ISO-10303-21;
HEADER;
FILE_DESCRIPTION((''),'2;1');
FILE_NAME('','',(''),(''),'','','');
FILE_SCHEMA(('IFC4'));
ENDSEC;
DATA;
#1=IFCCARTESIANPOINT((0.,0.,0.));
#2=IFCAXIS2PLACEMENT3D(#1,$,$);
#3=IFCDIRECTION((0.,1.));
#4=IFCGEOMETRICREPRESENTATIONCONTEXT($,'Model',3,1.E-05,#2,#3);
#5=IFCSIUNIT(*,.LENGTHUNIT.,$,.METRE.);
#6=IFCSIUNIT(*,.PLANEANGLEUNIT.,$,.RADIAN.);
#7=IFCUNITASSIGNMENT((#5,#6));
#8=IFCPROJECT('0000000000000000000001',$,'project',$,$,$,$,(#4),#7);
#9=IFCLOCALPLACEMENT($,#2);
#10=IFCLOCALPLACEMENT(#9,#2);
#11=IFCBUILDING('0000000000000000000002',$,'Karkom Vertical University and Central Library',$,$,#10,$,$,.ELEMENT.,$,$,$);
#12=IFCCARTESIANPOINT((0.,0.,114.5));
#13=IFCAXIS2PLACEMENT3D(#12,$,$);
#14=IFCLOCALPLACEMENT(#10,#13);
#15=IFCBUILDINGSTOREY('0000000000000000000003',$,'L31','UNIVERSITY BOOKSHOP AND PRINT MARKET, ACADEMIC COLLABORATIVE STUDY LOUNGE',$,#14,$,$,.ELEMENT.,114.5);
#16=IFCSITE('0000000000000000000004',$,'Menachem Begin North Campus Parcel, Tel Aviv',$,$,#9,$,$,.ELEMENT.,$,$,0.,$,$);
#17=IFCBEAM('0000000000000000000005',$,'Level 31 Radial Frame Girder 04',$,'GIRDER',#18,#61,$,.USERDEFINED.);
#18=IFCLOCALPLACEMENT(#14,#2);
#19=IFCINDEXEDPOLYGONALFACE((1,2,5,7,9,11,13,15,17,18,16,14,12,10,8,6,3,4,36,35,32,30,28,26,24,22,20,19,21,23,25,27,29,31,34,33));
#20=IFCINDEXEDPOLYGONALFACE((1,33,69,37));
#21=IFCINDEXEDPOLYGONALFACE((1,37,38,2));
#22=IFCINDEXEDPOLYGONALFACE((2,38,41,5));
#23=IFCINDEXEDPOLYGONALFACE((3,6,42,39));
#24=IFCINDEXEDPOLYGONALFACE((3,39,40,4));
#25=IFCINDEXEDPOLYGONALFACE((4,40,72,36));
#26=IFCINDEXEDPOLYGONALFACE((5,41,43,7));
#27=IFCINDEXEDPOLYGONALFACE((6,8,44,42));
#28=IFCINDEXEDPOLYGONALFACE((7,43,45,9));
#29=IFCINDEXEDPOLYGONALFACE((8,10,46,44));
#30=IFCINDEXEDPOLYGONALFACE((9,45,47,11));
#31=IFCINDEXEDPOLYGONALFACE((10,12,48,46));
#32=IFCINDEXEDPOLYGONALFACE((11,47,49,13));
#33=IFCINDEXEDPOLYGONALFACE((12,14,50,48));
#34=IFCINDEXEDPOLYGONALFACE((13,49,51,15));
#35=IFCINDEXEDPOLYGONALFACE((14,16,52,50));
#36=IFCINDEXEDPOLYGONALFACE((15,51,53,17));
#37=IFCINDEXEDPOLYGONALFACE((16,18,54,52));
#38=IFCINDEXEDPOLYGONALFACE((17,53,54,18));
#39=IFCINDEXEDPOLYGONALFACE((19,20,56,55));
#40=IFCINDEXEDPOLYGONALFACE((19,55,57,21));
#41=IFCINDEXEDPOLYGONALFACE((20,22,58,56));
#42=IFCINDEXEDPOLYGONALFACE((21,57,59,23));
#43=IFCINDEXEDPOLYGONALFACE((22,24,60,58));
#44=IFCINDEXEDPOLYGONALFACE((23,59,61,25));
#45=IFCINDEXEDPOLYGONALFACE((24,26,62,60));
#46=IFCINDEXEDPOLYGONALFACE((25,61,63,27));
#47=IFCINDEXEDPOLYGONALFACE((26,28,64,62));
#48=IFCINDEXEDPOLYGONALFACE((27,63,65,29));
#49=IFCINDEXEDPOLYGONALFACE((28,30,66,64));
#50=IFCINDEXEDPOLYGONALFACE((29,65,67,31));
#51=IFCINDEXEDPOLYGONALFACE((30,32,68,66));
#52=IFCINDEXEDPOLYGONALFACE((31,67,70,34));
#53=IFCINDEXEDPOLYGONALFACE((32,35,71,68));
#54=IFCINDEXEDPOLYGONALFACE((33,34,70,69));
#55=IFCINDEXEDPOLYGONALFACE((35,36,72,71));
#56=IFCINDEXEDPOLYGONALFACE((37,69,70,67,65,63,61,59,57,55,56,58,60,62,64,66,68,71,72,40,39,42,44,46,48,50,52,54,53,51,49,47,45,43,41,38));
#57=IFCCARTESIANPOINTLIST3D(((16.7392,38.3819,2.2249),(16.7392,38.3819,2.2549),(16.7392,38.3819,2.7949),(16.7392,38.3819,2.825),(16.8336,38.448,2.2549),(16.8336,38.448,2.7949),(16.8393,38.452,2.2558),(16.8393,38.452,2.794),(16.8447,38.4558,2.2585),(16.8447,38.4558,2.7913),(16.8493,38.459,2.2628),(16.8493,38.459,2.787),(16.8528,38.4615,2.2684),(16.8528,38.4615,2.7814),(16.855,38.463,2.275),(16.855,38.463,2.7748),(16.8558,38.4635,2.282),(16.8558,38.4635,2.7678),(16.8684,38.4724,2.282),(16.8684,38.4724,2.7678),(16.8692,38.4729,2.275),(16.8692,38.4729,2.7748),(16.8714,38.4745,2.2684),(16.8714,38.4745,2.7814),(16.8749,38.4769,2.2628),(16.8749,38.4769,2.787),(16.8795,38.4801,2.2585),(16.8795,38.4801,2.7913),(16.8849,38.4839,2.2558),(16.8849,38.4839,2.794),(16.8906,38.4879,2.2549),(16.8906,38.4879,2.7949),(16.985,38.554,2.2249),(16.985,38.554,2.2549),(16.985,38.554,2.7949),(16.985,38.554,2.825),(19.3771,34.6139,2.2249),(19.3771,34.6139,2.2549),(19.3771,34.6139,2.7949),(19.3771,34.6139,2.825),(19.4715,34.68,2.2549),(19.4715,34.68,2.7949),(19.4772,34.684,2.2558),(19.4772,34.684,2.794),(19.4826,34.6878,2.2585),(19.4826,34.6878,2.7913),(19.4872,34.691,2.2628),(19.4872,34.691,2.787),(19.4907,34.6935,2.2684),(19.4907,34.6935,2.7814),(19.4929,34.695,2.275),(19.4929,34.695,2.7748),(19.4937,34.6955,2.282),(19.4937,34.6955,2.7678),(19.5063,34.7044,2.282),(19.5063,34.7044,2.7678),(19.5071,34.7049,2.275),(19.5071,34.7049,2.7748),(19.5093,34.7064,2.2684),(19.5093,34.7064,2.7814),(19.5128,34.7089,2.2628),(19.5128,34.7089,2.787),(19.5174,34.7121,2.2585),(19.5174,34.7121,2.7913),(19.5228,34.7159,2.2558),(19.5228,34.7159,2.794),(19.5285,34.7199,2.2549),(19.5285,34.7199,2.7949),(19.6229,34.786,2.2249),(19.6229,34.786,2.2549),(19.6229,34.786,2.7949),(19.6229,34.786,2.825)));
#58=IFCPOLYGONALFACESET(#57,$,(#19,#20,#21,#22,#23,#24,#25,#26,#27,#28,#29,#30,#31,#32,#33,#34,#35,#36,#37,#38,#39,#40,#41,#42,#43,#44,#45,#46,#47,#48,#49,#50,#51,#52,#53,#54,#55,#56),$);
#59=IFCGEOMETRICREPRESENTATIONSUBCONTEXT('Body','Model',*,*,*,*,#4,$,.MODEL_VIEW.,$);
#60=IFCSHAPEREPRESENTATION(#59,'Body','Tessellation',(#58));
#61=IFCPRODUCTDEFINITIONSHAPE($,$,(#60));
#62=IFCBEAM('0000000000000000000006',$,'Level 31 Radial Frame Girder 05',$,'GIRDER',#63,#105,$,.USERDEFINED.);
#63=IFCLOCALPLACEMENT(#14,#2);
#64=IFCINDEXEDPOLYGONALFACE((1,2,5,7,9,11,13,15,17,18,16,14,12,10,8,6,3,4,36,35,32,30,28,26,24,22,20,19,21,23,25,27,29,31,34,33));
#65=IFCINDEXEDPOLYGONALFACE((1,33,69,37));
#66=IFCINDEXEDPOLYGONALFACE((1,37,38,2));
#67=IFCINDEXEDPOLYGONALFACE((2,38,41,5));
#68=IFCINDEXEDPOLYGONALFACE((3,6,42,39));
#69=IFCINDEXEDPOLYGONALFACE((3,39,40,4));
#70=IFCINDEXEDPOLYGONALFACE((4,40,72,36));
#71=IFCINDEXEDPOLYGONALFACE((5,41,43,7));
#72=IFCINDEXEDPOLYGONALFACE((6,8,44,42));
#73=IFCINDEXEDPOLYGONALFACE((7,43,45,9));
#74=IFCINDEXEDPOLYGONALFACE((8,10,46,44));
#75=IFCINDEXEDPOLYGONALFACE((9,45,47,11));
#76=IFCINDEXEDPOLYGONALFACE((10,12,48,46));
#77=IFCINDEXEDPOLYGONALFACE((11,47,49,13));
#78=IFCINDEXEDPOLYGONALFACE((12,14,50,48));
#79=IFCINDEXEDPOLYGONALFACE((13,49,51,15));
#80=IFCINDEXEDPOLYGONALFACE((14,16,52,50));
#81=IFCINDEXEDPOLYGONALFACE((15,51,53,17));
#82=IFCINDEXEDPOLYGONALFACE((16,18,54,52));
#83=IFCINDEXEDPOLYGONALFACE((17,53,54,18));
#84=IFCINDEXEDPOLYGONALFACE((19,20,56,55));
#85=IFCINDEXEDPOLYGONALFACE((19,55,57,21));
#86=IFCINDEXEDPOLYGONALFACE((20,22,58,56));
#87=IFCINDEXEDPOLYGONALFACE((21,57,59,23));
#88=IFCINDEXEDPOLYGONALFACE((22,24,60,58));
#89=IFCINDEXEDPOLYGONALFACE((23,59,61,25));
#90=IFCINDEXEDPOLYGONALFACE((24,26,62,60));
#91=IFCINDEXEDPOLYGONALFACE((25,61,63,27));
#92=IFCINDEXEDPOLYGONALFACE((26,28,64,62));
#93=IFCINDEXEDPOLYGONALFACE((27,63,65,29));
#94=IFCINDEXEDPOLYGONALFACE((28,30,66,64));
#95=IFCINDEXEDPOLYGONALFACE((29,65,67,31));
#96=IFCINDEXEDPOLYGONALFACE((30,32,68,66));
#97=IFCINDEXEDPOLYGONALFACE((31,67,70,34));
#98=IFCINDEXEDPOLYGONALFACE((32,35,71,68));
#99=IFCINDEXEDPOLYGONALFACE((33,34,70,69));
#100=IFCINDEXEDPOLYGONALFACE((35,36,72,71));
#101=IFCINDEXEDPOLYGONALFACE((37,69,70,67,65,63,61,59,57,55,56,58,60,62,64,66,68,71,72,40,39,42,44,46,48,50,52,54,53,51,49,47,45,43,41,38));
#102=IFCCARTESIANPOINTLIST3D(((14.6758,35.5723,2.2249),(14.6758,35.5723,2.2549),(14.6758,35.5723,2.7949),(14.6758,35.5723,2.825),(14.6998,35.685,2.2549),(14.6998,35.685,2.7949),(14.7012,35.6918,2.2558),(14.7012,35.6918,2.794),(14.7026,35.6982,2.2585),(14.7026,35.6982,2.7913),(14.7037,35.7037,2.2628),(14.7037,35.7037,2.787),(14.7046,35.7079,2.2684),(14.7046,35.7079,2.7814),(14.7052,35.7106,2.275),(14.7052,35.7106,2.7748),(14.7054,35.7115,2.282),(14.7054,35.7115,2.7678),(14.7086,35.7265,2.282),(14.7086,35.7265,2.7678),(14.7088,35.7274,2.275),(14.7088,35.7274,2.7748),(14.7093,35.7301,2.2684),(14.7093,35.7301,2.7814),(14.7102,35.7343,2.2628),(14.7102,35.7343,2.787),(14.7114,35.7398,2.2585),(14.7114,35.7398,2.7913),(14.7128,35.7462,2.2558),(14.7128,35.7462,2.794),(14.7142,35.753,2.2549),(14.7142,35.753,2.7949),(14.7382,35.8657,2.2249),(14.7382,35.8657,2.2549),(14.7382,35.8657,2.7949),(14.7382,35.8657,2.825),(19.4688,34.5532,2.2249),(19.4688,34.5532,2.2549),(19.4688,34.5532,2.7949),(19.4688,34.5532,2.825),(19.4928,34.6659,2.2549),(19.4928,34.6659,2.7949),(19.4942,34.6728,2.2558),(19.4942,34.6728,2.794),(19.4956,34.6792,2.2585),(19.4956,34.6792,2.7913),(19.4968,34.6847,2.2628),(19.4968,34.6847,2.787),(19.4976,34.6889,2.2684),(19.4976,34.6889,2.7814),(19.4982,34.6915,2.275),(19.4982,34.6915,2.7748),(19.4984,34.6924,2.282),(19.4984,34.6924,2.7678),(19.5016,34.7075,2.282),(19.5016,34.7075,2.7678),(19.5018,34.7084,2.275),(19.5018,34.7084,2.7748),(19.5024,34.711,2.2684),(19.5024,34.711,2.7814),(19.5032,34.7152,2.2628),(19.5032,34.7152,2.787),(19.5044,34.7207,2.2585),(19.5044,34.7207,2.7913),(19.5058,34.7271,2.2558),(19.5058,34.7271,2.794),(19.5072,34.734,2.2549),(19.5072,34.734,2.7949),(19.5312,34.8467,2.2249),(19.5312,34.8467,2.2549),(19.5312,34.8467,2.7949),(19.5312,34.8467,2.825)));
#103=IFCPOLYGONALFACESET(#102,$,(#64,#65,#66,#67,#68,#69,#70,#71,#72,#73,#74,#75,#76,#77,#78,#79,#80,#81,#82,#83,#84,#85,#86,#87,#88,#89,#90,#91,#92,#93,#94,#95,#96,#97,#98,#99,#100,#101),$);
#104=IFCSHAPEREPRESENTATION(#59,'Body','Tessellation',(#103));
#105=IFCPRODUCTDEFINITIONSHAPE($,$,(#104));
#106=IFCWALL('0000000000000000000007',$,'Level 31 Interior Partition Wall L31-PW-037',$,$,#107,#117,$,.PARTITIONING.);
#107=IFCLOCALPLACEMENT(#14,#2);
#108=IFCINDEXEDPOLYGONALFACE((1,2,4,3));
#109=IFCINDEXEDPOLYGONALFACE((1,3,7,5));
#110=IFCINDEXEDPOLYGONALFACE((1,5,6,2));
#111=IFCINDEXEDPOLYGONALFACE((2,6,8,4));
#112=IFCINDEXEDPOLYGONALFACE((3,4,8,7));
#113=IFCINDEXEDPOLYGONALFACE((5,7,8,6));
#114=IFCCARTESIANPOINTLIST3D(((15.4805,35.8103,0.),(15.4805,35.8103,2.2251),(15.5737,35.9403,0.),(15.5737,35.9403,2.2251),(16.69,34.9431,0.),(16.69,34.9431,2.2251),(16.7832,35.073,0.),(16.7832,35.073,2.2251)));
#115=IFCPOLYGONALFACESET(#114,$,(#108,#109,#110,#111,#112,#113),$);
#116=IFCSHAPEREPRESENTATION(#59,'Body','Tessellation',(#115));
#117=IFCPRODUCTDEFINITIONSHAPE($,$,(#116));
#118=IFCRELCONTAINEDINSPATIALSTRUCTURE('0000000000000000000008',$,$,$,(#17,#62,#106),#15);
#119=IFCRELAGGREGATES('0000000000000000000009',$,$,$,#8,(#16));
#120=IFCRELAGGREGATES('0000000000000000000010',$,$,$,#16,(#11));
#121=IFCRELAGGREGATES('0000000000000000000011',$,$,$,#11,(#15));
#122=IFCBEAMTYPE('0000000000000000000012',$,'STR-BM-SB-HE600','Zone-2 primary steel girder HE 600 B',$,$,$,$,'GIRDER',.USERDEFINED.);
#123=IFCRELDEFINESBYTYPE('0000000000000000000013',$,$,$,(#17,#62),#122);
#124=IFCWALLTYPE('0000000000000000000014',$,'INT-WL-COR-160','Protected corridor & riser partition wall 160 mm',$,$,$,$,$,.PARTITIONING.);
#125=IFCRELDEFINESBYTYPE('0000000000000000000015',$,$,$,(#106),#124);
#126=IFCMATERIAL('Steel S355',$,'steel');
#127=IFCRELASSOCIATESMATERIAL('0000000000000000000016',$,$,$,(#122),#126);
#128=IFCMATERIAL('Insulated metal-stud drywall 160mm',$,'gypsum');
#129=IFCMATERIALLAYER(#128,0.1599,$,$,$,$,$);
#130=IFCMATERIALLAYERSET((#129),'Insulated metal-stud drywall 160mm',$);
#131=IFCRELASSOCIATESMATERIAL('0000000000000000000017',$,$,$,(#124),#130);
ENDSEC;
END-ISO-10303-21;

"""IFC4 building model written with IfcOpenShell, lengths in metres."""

from ifc_helpers import new_model, si_unit, direction, frame, frame_2d, origin, origin_with_axes, origin_2d, place, context, subcontext, project, spatial, rectangle, i_section, extrude, source, transform, mapped, material, layer, layer_set, material_profile, profile_set, type_object, element, save


model = new_model("IFC4")

# Units and contexts
model_context = context("Model", 3, precision=1e-05, world=origin(), true_north=direction((0.0, 1.0)))
body_context = subcontext(model_context, "Body", "Model", "MODEL_VIEW")
ifc_project = project(units=[si_unit("LENGTHUNIT", "METRE"), si_unit("PLANEANGLEUNIT", "RADIAN")], contexts=[model_context])

# Site, building, storey
site_placement = place(None, origin())
site = spatial("IfcSite", under=ifc_project, at=site_placement, Name="Menachem Begin North Campus Parcel, Tel Aviv", CompositionType="ELEMENT", RefElevation=0.0)
building_placement = place(site_placement, origin())
building = spatial("IfcBuilding", under=site, at=building_placement, Name="Karkom Vertical University and Central Library", CompositionType="ELEMENT")
storey_placement = place(building_placement, frame((0.0, 0.0, 114.5)))
storey = spatial("IfcBuildingStorey", under=building, at=storey_placement, Name="L31", Description="UNIVERSITY BOOKSHOP AND PRINT MARKET, ACADEMIC COLLABORATIVE STUDY LOUNGE", CompositionType="ELEMENT", Elevation=114.5)

# Beams
ifc_material_1 = material(Name="Steel S355", Category="steel")
ifc_material_profile_1 = material_profile(ifc_material_1, i_section(OverallWidth=0.3, OverallDepth=0.6001, WebThickness=0.0154, FlangeThickness=0.03, FilletRadius=0.0271, at=origin_2d()), Name="HE 600 B")
ifc_profile_set_1 = profile_set([ifc_material_profile_1], Name="Steel S355")
beam_type_1 = type_object("IfcBeamType", Name="STR-BM-SB-HE600", Description="Zone-2 primary steel girder HE 600 B", ElementType="GIRDER", PredefinedType="USERDEFINED", material=ifc_profile_set_1)
shared_shape_1 = source(origin_with_axes(), body_context, "Body", "SweptSolid", [
    extrude(i_section(OverallWidth=0.3, OverallDepth=0.6001, WebThickness=0.0154, FlangeThickness=0.03, FilletRadius=0.0271, at=origin_2d()), origin(), (0.0, 0.0, 1.0), 4.5996),
])
beam_1_placement = place(storey_placement, frame((19.5, 34.7, 2.5249), z_axis=(-0.573505, 0.819202, 0.0), x_axis=(-0.819202, -0.573505, 0.0)))
element("IfcBeam", 1, at=beam_1_placement, inside=storey, type_object=beam_type_1, Name="Level 31 Radial Frame Girder 04", ObjectType="GIRDER", PredefinedType="USERDEFINED", context=body_context, shape_type="MappedRepresentation", body=[
    mapped(shared_shape_1, transform((0.0, 0.0, 0.0), scale=1.0)),
])
shared_shape_2 = source(origin_with_axes(), body_context, "Body", "SweptSolid", [
    extrude(i_section(OverallWidth=0.3, OverallDepth=0.6001, WebThickness=0.0154, FlangeThickness=0.03, FilletRadius=0.0271, at=origin_2d()), origin(), (0.0, 0.0, 1.0), 4.9001),
])
beam_2_placement = place(storey_placement, frame((19.5, 34.7, 2.5249), z_axis=(-0.978137, 0.207964, 0.0), x_axis=(-0.207964, -0.978137, 0.0)))
element("IfcBeam", 2, at=beam_2_placement, inside=storey, type_object=beam_type_1, Name="Level 31 Radial Frame Girder 05", ObjectType="GIRDER", PredefinedType="USERDEFINED", context=body_context, shape_type="MappedRepresentation", body=[
    mapped(shared_shape_2, transform((0.0, 0.0, 0.0), scale=1.0)),
])

# Wall
ifc_material_2 = material(Name="Insulated metal-stud drywall 160mm", Category="gypsum")
ifc_layer_1 = layer(ifc_material_2, 0.1599)
ifc_layer_set_1 = layer_set([ifc_layer_1], Name="Insulated metal-stud drywall 160mm")
wall_type_1 = type_object("IfcWallType", Name="INT-WL-COR-160", Description="Protected corridor & riser partition wall 160 mm", PredefinedType="PARTITIONING", material=ifc_layer_set_1)
wall_1_placement = place(storey_placement, frame((16.7366, 35.0081, 0.0), z_axis=(0.0, 0.0, 1.0), x_axis=(-0.81269, 0.582696, 0.0)))
element("IfcWall", 3, at=wall_1_placement, inside=storey, type_object=wall_type_1, Name="Level 31 Interior Partition Wall L31-PW-037", PredefinedType="PARTITIONING", context=body_context, shape_type="SweptSolid", body=[
    extrude(rectangle(XDim=1.4883, YDim=0.1599, at=frame_2d((0.7441, 0.0))), origin(), (0.0, 0.0, 1.0), 2.2251),
])

save(model, "model.ifc")
